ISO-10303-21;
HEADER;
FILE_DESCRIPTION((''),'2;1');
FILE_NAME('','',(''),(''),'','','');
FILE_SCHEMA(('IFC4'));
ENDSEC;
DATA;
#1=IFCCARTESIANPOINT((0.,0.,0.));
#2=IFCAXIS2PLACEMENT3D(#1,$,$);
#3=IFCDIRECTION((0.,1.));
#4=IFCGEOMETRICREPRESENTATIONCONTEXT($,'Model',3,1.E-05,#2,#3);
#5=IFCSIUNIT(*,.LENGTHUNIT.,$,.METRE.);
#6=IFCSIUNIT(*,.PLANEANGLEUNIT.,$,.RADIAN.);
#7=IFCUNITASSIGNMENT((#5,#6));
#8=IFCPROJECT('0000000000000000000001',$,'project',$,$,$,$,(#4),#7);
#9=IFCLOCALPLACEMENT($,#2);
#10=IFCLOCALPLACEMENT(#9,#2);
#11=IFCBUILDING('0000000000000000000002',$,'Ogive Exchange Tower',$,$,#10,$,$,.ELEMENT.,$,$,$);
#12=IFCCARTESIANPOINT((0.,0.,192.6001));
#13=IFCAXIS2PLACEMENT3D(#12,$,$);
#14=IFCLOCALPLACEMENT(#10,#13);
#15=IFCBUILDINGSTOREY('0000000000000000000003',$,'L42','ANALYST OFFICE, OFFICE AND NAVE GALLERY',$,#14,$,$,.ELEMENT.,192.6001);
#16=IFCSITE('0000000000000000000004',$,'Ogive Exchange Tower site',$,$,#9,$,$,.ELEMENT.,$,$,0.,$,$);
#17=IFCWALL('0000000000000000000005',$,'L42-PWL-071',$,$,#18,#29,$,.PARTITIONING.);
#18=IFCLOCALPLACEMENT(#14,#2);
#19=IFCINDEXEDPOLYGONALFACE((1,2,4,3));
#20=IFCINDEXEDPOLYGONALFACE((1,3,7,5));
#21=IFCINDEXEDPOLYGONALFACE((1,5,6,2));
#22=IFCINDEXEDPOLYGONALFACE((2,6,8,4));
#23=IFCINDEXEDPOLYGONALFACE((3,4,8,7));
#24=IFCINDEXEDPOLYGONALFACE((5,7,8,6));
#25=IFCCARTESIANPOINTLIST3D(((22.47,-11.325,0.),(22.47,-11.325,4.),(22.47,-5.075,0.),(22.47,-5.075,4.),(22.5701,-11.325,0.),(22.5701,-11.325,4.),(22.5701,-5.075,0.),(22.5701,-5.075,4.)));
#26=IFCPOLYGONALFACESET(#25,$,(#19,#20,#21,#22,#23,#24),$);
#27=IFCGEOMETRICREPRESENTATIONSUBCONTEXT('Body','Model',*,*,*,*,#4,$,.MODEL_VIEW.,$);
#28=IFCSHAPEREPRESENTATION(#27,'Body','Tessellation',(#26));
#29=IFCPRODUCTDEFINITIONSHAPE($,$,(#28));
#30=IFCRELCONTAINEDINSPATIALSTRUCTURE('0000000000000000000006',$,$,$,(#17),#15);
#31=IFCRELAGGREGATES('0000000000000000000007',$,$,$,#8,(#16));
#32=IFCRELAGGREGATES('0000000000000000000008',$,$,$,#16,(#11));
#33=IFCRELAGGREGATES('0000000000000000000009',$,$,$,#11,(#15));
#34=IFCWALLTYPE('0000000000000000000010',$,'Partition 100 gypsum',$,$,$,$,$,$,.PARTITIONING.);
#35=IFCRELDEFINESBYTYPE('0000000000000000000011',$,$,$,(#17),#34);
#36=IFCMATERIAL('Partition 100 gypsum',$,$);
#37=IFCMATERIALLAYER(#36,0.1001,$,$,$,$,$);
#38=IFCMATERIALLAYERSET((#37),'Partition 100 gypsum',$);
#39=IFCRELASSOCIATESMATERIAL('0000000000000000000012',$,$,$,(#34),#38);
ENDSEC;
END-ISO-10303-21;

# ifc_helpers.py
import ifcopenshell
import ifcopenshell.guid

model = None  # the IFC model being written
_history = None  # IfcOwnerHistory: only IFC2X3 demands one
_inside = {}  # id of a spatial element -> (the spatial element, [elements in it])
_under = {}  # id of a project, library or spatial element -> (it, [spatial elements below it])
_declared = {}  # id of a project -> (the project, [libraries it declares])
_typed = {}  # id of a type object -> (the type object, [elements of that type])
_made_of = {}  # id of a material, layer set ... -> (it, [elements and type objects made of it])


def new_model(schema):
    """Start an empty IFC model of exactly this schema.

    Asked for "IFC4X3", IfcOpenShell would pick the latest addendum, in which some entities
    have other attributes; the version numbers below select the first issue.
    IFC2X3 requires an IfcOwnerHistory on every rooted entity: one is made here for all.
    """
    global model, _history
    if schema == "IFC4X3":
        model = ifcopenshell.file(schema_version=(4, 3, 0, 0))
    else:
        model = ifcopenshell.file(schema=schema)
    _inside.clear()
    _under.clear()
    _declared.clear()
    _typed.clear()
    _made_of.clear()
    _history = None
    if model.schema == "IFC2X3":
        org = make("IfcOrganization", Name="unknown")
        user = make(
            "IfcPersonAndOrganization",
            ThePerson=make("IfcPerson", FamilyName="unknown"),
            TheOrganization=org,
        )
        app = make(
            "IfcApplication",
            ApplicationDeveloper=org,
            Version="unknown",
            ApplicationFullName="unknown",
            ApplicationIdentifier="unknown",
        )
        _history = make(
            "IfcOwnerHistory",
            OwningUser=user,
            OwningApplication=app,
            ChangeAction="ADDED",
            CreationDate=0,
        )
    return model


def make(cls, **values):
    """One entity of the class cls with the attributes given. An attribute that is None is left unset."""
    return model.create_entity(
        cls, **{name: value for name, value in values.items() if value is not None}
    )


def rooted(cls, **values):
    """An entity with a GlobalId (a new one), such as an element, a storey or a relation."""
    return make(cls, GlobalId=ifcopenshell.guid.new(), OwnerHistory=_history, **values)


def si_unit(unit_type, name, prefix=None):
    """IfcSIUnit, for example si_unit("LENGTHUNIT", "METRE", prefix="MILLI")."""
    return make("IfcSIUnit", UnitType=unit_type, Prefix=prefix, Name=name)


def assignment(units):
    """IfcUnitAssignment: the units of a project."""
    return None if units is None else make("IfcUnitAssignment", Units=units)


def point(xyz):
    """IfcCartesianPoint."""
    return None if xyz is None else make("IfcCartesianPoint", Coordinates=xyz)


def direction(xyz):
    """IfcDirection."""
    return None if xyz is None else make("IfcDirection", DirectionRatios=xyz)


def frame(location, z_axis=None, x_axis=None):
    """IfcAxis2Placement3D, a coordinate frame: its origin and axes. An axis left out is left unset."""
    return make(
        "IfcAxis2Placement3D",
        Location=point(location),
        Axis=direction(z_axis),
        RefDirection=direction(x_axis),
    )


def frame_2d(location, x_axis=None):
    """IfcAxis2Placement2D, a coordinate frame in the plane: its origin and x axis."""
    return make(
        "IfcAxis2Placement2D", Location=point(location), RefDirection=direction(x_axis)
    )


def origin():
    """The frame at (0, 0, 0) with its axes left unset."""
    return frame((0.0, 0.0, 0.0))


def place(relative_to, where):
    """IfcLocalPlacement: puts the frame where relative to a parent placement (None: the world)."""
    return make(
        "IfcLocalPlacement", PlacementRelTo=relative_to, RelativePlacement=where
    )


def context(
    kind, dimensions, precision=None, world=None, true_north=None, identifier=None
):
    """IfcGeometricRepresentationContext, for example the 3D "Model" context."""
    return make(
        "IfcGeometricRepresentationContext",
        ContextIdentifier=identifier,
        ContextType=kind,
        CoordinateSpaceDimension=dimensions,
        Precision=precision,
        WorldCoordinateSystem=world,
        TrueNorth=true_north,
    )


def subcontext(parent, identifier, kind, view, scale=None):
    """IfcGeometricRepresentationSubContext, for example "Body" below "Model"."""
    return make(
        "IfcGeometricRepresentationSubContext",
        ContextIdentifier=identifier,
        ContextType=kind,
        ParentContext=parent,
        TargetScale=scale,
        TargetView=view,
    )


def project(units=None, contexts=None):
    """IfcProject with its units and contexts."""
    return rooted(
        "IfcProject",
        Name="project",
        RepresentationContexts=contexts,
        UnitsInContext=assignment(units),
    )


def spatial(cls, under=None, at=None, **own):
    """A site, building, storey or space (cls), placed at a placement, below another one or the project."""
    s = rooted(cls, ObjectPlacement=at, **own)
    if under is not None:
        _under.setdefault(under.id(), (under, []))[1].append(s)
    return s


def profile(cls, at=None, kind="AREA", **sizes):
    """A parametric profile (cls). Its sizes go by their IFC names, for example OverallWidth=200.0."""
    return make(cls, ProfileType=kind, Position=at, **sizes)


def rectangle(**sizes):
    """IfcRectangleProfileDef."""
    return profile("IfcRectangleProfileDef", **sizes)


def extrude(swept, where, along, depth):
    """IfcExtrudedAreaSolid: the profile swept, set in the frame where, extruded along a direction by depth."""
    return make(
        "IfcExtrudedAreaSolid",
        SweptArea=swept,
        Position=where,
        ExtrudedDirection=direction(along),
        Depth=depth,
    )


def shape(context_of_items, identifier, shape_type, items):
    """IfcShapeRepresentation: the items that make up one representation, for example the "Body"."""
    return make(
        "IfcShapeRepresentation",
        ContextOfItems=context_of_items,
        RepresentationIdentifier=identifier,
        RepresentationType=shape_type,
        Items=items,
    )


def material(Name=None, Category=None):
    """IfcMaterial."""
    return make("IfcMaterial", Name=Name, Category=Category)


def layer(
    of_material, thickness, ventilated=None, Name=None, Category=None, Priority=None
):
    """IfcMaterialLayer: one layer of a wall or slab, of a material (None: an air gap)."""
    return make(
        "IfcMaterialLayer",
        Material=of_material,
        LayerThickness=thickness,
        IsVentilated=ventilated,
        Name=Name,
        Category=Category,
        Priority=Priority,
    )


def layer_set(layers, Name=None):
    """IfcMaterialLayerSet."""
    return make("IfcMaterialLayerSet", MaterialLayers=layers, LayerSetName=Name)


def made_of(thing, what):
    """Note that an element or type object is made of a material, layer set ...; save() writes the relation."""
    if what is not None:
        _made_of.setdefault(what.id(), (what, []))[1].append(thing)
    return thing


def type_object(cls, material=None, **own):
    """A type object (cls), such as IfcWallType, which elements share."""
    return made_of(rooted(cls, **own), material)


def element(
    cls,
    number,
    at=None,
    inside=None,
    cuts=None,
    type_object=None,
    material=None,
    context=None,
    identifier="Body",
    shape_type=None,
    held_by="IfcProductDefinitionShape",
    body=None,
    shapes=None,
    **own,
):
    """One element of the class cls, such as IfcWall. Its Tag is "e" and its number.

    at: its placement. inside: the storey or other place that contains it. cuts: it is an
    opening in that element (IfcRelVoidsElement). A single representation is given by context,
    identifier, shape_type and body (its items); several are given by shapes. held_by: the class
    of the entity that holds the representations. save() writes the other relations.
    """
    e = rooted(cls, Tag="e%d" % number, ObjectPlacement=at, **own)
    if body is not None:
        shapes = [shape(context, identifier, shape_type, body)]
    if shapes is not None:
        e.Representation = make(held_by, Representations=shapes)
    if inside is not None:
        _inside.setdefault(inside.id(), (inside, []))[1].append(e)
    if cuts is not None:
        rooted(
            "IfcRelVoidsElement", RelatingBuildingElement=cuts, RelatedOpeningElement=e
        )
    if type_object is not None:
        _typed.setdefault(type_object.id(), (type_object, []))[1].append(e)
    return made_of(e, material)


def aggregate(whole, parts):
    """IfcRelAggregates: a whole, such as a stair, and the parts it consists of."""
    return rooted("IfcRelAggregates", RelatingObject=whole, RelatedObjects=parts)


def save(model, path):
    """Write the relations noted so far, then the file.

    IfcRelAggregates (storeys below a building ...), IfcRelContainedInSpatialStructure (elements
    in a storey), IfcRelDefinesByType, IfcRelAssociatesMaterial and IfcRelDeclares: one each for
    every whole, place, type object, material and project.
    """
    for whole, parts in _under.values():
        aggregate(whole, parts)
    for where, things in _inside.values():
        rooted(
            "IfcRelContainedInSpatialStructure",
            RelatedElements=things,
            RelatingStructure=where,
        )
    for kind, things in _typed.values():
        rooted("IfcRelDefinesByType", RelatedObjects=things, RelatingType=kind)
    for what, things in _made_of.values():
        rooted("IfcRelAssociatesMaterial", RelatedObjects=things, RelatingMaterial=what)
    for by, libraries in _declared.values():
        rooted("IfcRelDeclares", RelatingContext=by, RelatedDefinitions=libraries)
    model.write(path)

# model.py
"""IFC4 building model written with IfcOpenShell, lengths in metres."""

from ifc_helpers import new_model, si_unit, direction, frame, frame_2d, origin, place, context, subcontext, project, spatial, rectangle, extrude, material, layer, layer_set, type_object, element, save


model = new_model("IFC4")

# Units and contexts
model_context = context("Model", 3, precision=1e-05, world=origin(), true_north=direction((0.0, 1.0)))
body_context = subcontext(model_context, "Body", "Model", "MODEL_VIEW")
ifc_project = project(units=[si_unit("LENGTHUNIT", "METRE"), si_unit("PLANEANGLEUNIT", "RADIAN")], contexts=[model_context])

# Site, building, storey
site_placement = place(None, origin())
site = spatial("IfcSite", under=ifc_project, at=site_placement, Name="Ogive Exchange Tower site", CompositionType="ELEMENT", RefElevation=0.0)
building_placement = place(site_placement, origin())
building = spatial("IfcBuilding", under=site, at=building_placement, Name="Ogive Exchange Tower", CompositionType="ELEMENT")
storey_placement = place(building_placement, frame((0.0, 0.0, 192.6001)))
storey = spatial("IfcBuildingStorey", under=building, at=storey_placement, Name="L42", Description="ANALYST OFFICE, OFFICE AND NAVE GALLERY", CompositionType="ELEMENT", Elevation=192.6001)

# Wall
ifc_material_1 = material(Name="Partition 100 gypsum")
ifc_layer_1 = layer(ifc_material_1, 0.1001)
ifc_layer_set_1 = layer_set([ifc_layer_1], Name="Partition 100 gypsum")
wall_type_1 = type_object("IfcWallType", Name="Partition 100 gypsum", PredefinedType="PARTITIONING", material=ifc_layer_set_1)
wall_1_placement = place(storey_placement, frame((22.52, -5.075, 0.0), z_axis=(0.0, 0.0, 1.0), x_axis=(0.0, -1.0, 0.0)))
element("IfcWall", 1, at=wall_1_placement, inside=storey, type_object=wall_type_1, Name="L42-PWL-071", PredefinedType="PARTITIONING", context=body_context, shape_type="SweptSolid", body=[
    extrude(rectangle(XDim=6.25, YDim=0.1001, at=frame_2d((3.125, 0.0))), origin(), (0.0, 0.0, 1.0), 4.0),
])

save(model, "model.ifc")
